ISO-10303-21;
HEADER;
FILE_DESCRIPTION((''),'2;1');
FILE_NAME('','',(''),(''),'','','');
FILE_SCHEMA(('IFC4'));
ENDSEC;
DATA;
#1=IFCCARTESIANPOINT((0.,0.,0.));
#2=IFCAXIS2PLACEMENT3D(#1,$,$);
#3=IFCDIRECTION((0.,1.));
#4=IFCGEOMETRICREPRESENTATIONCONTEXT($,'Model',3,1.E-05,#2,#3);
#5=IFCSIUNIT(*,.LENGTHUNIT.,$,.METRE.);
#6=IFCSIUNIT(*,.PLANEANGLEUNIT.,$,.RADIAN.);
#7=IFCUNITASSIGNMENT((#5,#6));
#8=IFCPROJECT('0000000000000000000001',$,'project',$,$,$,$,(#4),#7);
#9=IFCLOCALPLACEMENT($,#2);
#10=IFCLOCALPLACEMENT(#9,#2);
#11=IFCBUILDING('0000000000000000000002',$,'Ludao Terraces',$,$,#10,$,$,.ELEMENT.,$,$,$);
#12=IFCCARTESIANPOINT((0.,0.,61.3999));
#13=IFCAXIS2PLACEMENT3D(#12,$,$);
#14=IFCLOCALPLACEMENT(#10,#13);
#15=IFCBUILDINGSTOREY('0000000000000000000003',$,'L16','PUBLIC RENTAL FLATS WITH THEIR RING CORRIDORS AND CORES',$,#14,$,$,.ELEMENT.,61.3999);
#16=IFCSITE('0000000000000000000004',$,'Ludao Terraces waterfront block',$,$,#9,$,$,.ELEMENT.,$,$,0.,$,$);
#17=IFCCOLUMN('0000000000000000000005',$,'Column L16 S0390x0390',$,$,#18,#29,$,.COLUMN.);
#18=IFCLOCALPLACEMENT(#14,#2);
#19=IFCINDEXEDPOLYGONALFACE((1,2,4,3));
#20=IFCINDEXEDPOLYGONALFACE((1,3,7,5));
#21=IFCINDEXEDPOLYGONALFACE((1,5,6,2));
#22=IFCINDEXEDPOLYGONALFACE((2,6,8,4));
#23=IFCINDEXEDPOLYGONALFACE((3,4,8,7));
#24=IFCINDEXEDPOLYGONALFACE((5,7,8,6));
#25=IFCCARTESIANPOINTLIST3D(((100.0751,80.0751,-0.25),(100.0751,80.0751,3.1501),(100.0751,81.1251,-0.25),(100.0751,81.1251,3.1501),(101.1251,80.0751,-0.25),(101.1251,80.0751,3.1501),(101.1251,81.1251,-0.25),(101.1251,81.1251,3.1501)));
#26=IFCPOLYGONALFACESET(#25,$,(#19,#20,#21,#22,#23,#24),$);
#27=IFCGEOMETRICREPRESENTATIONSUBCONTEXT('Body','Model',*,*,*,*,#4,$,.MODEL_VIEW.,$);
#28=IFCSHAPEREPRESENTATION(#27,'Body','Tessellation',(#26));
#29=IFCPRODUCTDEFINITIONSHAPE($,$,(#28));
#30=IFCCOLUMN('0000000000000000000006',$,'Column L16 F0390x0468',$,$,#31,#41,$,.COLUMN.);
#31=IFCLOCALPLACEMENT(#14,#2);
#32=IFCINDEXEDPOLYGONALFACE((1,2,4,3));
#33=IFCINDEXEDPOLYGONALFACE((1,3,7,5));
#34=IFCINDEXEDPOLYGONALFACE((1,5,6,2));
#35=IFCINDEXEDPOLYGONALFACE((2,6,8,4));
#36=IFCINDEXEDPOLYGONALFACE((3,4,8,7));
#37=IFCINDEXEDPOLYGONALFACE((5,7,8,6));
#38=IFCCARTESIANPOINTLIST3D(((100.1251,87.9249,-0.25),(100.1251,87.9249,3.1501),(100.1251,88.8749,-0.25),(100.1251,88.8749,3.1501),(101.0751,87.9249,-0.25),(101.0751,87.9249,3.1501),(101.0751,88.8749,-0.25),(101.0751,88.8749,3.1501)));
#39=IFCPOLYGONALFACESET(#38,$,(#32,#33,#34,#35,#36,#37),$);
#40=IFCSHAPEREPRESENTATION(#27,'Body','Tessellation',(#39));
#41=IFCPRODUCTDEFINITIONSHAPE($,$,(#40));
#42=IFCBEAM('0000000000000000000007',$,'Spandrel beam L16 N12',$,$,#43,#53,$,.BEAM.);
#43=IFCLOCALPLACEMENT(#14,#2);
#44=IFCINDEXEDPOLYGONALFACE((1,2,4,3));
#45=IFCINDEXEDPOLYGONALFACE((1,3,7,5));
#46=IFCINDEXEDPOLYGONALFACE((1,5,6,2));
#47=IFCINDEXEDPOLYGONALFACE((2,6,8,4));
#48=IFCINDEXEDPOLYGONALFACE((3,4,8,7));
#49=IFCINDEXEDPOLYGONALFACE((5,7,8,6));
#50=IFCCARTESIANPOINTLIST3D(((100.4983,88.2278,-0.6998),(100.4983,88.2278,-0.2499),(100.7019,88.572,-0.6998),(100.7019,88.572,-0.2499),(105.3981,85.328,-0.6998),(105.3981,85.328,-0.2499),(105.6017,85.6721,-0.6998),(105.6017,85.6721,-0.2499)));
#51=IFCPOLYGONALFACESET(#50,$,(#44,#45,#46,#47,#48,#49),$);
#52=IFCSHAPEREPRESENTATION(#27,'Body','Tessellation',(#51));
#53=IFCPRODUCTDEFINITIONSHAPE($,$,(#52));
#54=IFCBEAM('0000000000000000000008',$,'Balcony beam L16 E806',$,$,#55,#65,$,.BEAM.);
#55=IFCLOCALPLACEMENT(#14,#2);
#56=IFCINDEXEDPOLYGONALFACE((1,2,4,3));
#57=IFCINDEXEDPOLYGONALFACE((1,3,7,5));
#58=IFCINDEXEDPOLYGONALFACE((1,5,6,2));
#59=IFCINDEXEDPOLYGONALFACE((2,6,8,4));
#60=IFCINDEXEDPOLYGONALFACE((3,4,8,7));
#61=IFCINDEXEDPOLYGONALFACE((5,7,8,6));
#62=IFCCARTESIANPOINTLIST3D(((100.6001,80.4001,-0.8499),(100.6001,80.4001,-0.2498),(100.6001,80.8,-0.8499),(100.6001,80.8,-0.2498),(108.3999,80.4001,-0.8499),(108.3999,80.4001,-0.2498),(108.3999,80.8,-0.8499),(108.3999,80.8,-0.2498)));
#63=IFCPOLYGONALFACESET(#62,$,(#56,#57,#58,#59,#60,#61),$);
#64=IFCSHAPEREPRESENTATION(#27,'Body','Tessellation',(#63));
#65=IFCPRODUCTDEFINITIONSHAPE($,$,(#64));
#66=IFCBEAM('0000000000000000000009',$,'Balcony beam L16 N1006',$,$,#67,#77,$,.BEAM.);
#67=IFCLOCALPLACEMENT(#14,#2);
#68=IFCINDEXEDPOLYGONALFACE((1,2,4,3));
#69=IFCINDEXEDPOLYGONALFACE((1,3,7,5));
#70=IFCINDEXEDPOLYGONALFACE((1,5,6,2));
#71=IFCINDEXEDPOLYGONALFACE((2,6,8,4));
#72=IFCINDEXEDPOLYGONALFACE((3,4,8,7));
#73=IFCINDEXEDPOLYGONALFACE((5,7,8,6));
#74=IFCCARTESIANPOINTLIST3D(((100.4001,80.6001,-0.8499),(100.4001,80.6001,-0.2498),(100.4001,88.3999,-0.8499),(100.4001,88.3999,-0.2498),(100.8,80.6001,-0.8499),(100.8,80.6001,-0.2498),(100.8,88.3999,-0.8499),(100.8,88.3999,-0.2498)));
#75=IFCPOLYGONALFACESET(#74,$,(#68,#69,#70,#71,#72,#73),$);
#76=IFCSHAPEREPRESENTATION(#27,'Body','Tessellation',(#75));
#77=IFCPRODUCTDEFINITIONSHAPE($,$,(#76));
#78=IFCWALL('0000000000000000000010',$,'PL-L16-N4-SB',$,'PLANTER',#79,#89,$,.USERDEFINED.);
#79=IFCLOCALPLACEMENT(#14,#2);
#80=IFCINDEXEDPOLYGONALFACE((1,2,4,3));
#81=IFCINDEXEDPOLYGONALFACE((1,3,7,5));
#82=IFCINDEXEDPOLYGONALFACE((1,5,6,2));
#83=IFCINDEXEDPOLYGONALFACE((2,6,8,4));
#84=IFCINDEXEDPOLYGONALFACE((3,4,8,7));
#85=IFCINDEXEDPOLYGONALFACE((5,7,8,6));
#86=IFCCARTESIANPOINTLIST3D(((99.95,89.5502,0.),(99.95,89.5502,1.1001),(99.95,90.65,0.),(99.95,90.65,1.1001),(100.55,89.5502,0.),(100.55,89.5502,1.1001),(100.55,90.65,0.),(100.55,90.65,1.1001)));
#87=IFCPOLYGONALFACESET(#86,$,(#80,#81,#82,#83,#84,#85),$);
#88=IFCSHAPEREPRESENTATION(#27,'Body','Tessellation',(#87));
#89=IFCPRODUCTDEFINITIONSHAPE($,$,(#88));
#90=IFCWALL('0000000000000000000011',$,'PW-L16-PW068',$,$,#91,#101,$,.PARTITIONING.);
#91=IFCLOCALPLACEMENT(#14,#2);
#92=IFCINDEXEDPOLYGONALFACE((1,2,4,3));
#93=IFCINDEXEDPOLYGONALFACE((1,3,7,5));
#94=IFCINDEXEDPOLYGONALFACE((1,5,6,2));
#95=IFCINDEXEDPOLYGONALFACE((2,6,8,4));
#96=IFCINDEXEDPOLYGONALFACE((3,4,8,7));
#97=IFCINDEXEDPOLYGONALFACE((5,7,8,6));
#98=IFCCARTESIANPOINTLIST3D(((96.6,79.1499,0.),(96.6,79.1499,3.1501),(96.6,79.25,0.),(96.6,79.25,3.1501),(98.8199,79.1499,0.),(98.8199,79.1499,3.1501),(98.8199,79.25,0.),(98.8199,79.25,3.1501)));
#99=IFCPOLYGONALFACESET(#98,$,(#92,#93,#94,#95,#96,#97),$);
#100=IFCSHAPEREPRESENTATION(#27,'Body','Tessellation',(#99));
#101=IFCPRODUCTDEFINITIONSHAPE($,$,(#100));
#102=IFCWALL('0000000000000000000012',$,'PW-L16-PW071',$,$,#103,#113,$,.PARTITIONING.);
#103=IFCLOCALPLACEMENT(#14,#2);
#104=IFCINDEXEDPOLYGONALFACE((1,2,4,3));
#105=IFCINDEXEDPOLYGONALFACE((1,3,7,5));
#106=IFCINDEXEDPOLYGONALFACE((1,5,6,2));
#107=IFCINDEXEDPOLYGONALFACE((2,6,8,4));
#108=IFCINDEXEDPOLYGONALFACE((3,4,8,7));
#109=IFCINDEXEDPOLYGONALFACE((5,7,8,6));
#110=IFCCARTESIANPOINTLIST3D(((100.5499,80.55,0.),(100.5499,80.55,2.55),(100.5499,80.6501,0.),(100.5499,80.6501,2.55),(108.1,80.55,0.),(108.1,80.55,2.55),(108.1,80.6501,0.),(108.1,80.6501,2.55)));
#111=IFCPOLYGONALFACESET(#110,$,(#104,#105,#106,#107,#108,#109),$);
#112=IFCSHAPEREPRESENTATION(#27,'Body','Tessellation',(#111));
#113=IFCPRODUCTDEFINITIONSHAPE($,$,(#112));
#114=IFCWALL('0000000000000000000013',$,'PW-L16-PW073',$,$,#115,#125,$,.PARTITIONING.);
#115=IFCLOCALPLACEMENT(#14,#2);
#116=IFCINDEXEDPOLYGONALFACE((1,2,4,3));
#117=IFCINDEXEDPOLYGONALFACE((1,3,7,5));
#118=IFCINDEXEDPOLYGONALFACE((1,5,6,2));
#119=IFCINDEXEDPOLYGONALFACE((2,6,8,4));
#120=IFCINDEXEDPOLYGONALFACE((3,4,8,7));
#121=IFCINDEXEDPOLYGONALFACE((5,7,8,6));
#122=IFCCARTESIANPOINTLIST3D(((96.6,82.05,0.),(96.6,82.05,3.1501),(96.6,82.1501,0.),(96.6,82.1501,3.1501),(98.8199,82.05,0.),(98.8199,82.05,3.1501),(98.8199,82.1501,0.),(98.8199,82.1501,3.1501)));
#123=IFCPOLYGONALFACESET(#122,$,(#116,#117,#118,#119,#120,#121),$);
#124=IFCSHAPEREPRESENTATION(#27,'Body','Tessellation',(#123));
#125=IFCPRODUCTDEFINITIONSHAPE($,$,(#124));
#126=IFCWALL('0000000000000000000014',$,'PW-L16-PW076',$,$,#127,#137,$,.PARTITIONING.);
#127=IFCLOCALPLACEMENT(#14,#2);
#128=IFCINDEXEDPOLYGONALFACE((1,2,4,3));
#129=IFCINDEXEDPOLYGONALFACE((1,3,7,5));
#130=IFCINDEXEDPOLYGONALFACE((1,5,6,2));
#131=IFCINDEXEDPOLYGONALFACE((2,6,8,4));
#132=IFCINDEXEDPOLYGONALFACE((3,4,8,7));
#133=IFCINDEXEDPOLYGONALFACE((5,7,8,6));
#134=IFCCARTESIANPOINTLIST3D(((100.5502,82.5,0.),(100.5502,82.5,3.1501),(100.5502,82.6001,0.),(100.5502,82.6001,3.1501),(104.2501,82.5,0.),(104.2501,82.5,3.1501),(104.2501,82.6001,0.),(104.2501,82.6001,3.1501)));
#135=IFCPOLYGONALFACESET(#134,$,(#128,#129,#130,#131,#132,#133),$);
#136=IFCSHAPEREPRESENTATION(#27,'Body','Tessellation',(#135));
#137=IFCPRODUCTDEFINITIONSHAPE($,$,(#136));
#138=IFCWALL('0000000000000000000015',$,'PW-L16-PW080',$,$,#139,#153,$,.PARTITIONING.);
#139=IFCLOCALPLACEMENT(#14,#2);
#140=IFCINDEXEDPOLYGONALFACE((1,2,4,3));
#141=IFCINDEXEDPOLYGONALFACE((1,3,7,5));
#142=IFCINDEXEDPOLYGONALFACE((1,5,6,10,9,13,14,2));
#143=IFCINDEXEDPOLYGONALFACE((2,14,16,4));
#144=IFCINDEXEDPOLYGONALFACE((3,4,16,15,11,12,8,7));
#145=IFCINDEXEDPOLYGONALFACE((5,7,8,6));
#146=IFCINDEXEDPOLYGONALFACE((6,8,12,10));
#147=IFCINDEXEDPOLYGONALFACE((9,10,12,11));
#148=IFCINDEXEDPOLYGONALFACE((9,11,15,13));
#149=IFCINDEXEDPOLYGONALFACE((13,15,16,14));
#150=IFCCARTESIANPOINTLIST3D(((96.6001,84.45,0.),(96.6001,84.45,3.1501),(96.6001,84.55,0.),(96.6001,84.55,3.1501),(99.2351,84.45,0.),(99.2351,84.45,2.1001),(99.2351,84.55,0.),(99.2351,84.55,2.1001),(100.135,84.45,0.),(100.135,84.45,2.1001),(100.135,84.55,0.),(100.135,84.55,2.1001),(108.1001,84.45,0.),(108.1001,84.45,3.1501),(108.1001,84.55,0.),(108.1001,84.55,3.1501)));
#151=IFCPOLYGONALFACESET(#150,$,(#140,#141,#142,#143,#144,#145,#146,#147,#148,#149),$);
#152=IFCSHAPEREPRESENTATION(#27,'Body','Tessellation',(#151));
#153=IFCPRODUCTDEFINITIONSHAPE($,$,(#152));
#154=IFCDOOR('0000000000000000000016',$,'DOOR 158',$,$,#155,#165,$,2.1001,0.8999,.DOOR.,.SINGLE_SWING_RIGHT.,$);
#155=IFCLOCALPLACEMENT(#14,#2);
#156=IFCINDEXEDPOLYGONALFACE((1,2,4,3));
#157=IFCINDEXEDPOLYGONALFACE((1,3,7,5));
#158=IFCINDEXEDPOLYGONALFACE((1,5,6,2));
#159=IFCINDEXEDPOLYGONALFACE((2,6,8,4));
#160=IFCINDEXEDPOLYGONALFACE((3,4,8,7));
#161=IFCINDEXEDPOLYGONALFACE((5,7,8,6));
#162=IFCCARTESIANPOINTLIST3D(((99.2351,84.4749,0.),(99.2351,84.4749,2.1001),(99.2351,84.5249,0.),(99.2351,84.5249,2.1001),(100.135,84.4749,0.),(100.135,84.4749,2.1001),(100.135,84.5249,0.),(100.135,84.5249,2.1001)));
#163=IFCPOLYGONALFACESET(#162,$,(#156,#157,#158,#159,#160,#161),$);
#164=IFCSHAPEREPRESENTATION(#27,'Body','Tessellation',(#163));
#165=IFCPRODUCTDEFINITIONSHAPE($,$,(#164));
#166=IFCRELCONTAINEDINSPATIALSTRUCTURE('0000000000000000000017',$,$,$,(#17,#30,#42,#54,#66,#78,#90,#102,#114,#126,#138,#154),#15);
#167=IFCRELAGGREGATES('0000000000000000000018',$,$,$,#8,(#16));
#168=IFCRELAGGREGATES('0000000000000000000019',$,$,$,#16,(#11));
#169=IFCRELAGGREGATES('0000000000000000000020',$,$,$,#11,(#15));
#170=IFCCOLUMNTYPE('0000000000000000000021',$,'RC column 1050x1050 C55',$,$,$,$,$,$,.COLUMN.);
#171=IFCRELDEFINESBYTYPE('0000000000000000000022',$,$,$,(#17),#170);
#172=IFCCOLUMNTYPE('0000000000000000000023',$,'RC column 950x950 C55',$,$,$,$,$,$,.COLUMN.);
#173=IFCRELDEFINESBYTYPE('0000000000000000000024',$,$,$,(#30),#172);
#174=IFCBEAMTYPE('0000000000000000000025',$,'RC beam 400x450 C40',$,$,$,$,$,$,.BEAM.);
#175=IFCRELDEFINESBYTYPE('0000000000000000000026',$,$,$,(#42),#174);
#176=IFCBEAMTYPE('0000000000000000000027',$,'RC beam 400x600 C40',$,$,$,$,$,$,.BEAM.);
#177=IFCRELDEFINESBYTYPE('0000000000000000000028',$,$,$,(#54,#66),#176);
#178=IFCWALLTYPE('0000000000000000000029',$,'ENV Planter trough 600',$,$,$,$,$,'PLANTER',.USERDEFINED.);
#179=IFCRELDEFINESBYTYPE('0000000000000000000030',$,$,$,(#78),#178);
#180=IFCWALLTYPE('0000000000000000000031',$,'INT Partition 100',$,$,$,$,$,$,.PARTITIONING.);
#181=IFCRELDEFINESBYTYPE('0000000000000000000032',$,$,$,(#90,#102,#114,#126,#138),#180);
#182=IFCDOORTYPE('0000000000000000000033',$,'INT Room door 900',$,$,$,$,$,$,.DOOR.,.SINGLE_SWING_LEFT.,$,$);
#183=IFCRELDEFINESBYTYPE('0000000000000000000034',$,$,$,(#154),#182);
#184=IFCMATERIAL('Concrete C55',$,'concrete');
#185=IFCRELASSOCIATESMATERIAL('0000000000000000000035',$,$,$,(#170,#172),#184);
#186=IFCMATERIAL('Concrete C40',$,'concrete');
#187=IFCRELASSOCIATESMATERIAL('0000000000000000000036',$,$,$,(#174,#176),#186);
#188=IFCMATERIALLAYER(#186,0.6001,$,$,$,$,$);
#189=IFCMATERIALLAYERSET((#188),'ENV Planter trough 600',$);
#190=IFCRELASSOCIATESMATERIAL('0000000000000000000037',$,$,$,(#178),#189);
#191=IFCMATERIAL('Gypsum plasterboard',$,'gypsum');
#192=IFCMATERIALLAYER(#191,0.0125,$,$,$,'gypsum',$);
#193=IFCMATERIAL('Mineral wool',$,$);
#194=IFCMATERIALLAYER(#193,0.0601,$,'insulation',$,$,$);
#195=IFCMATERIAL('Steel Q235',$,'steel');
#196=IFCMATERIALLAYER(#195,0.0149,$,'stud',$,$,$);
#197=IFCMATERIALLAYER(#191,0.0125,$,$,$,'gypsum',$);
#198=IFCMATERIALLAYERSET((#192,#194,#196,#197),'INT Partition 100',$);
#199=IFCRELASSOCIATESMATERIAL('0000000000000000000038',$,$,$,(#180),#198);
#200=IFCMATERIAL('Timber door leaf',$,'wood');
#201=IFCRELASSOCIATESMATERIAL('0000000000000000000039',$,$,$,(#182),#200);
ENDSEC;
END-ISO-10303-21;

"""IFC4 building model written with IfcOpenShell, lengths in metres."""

from ifc_helpers import new_model, si_unit, direction, frame, frame_2d, origin, origin_2d, place, context, subcontext, project, spatial, rectangle, extrude, material, layer, layer_set, material_profile, profile_set, type_object, element, fill, save


model = new_model("IFC4")

# Units and contexts
model_context = context("Model", 3, precision=1e-05, world=origin(), true_north=direction((0.0, 1.0)))
body_context = subcontext(model_context, "Body", "Model", "MODEL_VIEW")
ifc_project = project(units=[si_unit("LENGTHUNIT", "METRE"), si_unit("PLANEANGLEUNIT", "RADIAN")], contexts=[model_context])

# Site, building, storey
site_placement = place(None, origin())
site = spatial("IfcSite", under=ifc_project, at=site_placement, Name="Ludao Terraces waterfront block", CompositionType="ELEMENT", RefElevation=0.0)
building_placement = place(site_placement, origin())
building = spatial("IfcBuilding", under=site, at=building_placement, Name="Ludao Terraces", CompositionType="ELEMENT")
storey_placement = place(building_placement, frame((0.0, 0.0, 61.3999)))
storey = spatial("IfcBuildingStorey", under=building, at=storey_placement, Name="L16", Description="PUBLIC RENTAL FLATS WITH THEIR RING CORRIDORS AND CORES", CompositionType="ELEMENT", Elevation=61.3999)

# Columns
ifc_material_1 = material(Name="Concrete C55", Category="concrete")
ifc_material_profile_1 = material_profile(ifc_material_1, rectangle(XDim=1.05, YDim=1.05, at=origin_2d()), Name="1050 X 1050")
ifc_profile_set_1 = profile_set([ifc_material_profile_1], Name="Concrete C55")
column_type_1 = type_object("IfcColumnType", Name="RC column 1050x1050 C55", PredefinedType="COLUMN", material=ifc_profile_set_1)
column_1_placement = place(storey_placement, frame((100.6001, 80.6001, -0.25), z_axis=(0.0, 0.0, 1.0), x_axis=(1.0, 0.0, 0.0)))
element("IfcColumn", 1, at=column_1_placement, inside=storey, type_object=column_type_1, Name="Column L16 S0390x0390", PredefinedType="COLUMN", context=body_context, shape_type="SweptSolid", body=[
    extrude(rectangle(XDim=1.05, YDim=1.05, at=origin_2d()), origin(), (0.0, 0.0, 1.0), 3.4001),
])
ifc_material_profile_2 = material_profile(ifc_material_1, rectangle(XDim=0.95, YDim=0.95, at=origin_2d()), Name="950 X 950")
ifc_profile_set_2 = profile_set([ifc_material_profile_2], Name="Concrete C55")
column_type_2 = type_object("IfcColumnType", Name="RC column 950x950 C55", PredefinedType="COLUMN", material=ifc_profile_set_2)
column_2_placement = place(storey_placement, frame((100.6001, 88.3999, -0.25), z_axis=(0.0, 0.0, 1.0), x_axis=(1.0, 0.0, 0.0)))
element("IfcColumn", 2, at=column_2_placement, inside=storey, type_object=column_type_2, Name="Column L16 F0390x0468", PredefinedType="COLUMN", context=body_context, shape_type="SweptSolid", body=[
    extrude(rectangle(XDim=0.95, YDim=0.95, at=origin_2d()), origin(), (0.0, 0.0, 1.0), 3.4001),
])

# Beams
ifc_material_2 = material(Name="Concrete C40", Category="concrete")
ifc_material_profile_3 = material_profile(ifc_material_2, rectangle(XDim=0.3999, YDim=0.45, at=origin_2d()), Name="400 X 450")
ifc_profile_set_3 = profile_set([ifc_material_profile_3], Name="Concrete C40")
beam_type_1 = type_object("IfcBeamType", Name="RC beam 400x450 C40", PredefinedType="BEAM", material=ifc_profile_set_3)
beam_placement = place(storey_placement, frame((100.6001, 88.3999, -0.4749), z_axis=(0.86058, -0.509316, 0.0), x_axis=(0.509316, 0.86058, 0.0)))
element("IfcBeam", 3, at=beam_placement, inside=storey, type_object=beam_type_1, Name="Spandrel beam L16 N12", PredefinedType="BEAM", context=body_context, shape_type="SweptSolid", body=[
    extrude(rectangle(XDim=0.3999, YDim=0.45, at=origin_2d()), origin(), (0.0, 0.0, 1.0), 5.6936),
])
ifc_material_profile_4 = material_profile(ifc_material_2, rectangle(XDim=0.3999, YDim=0.6001, at=origin_2d()), Name="400 X 600")
ifc_profile_set_4 = profile_set([ifc_material_profile_4], Name="Concrete C40")
beam_type_2 = type_object("IfcBeamType", Name="RC beam 400x600 C40", PredefinedType="BEAM", material=ifc_profile_set_4)
for number, where, z_axis, x_axis, name in (
    (4, (100.6001, 80.6001, -0.5498), (1.0, 0.0, 0.0), (0.0, 1.0, 0.0), "Balcony beam L16 E806"),
    (5, (100.6001, 80.6001, -0.5498), (0.0, 1.0, 0.0), (-1.0, 0.0, 0.0), "Balcony beam L16 N1006"),
):
    element("IfcBeam", number, at=place(storey_placement, frame(where, z_axis=z_axis, x_axis=x_axis)), inside=storey, type_object=beam_type_2, Name=name, PredefinedType="BEAM", context=body_context, shape_type="SweptSolid", body=[
        extrude(rectangle(XDim=0.3999, YDim=0.6001, at=origin_2d()), origin(), (0.0, 0.0, 1.0), 7.7998),
    ])

# Walls
ifc_layer_1 = layer(ifc_material_2, 0.6001)
ifc_layer_set_1 = layer_set([ifc_layer_1], Name="ENV Planter trough 600")
wall_type_1 = type_object("IfcWallType", Name="ENV Planter trough 600", ElementType="PLANTER", PredefinedType="USERDEFINED", material=ifc_layer_set_1)
wall_1_placement = place(storey_placement, frame((100.25, 90.6499, 0.0), z_axis=(0.0, 0.0, 1.0), x_axis=(0.0, -1.0, 0.0)))
element("IfcWall", 6, at=wall_1_placement, inside=storey, type_object=wall_type_1, Name="PL-L16-N4-SB", ObjectType="PLANTER", PredefinedType="USERDEFINED", context=body_context, shape_type="SweptSolid", body=[
    extrude(rectangle(XDim=1.0999, YDim=0.6001, at=frame_2d((0.5498, 0.0))), origin(), (0.0, 0.0, 1.0), 1.1001),
])
ifc_material_3 = material(Name="Gypsum plasterboard", Category="gypsum")
ifc_layer_2 = layer(ifc_material_3, 0.0125, Category="gypsum")
ifc_material_4 = material(Name="Mineral wool")
ifc_layer_3 = layer(ifc_material_4, 0.0601, Name="insulation")
ifc_material_5 = material(Name="Steel Q235", Category="steel")
ifc_layer_4 = layer(ifc_material_5, 0.0149, Name="stud")
ifc_layer_5 = layer(ifc_material_3, 0.0125, Category="gypsum")
ifc_layer_set_2 = layer_set([ifc_layer_2, ifc_layer_3, ifc_layer_4, ifc_layer_5], Name="INT Partition 100")
wall_type_2 = type_object("IfcWallType", Name="INT Partition 100", PredefinedType="PARTITIONING", material=ifc_layer_set_2)
wall_2_placement = place(storey_placement, frame((96.6001, 79.2, 0.0), z_axis=(0.0, 0.0, 1.0), x_axis=(1.0, 0.0, 0.0)))
element("IfcWall", 7, at=wall_2_placement, inside=storey, type_object=wall_type_2, Name="PW-L16-PW068", PredefinedType="PARTITIONING", context=body_context, shape_type="SweptSolid", body=[
    extrude(rectangle(XDim=2.22, YDim=0.1001, at=frame_2d((1.1099, 0.0))), origin(), (0.0, 0.0, 1.0), 3.1501),
])
wall_3_placement = place(storey_placement, frame((100.55, 80.6001, 0.0), z_axis=(0.0, 0.0, 1.0), x_axis=(1.0, 0.0, 0.0)))
element("IfcWall", 8, at=wall_3_placement, inside=storey, type_object=wall_type_2, Name="PW-L16-PW071", PredefinedType="PARTITIONING", context=body_context, shape_type="SweptSolid", body=[
    extrude(rectangle(XDim=7.55, YDim=0.1001, at=frame_2d((3.7749, 0.0))), origin(), (0.0, 0.0, 1.0), 2.55),
])
wall_4_placement = place(storey_placement, frame((96.6001, 82.1001, 0.0), z_axis=(0.0, 0.0, 1.0), x_axis=(1.0, 0.0, 0.0)))
element("IfcWall", 9, at=wall_4_placement, inside=storey, type_object=wall_type_2, Name="PW-L16-PW073", PredefinedType="PARTITIONING", context=body_context, shape_type="SweptSolid", body=[
    extrude(rectangle(XDim=2.22, YDim=0.1001, at=frame_2d((1.1099, 0.0))), origin(), (0.0, 0.0, 1.0), 3.1501),
])
wall_5_placement = place(storey_placement, frame((100.55, 82.55, 0.0), z_axis=(0.0, 0.0, 1.0), x_axis=(1.0, 0.0, 0.0)))
element("IfcWall", 10, at=wall_5_placement, inside=storey, type_object=wall_type_2, Name="PW-L16-PW076", PredefinedType="PARTITIONING", context=body_context, shape_type="SweptSolid", body=[
    extrude(rectangle(XDim=3.7, YDim=0.1001, at=frame_2d((1.8501, 0.0))), origin(), (0.0, 0.0, 1.0), 3.1501),
])

# Wall, opening, door
wall_6_placement = place(storey_placement, frame((96.6001, 84.5, 0.0), z_axis=(0.0, 0.0, 1.0), x_axis=(1.0, 0.0, 0.0)))
wall_6 = element("IfcWall", 11, at=wall_6_placement, inside=storey, type_object=wall_type_2, Name="PW-L16-PW080", PredefinedType="PARTITIONING", context=body_context, shape_type="SweptSolid", body=[
    extrude(rectangle(XDim=11.5, YDim=0.1001, at=frame_2d((5.75, 0.0))), origin(), (0.0, 0.0, 1.0), 3.1501),
])
opening_1_placement = place(wall_6_placement, frame((2.635, 0.0, 0.0)))
opening_1 = element("IfcOpeningElement", 12, at=opening_1_placement, cuts=wall_6, PredefinedType="OPENING", context=body_context, shape_type="SweptSolid", body=[
    extrude(rectangle(XDim=0.8999, YDim=2.1001, at=frame_2d((0.45, 1.05))), frame((0.0, 0.0601, 0.0), z_axis=(0.0, -1.0, 0.0), x_axis=(1.0, 0.0, 0.0)), (0.0, 0.0, 1.0), 0.1201),
])
ifc_material_6 = material(Name="Timber door leaf", Category="wood")
door_type = type_object("IfcDoorType", Name="INT Room door 900", OperationType="SINGLE_SWING_LEFT", PredefinedType="DOOR", material=ifc_material_6)
door_1_placement = place(opening_1_placement, origin())
door_1 = element("IfcDoor", 13, at=door_1_placement, inside=storey, type_object=door_type, Name="DOOR 158", OperationType="SINGLE_SWING_RIGHT", OverallHeight=2.1001, OverallWidth=0.8999, PredefinedType="DOOR", context=body_context, shape_type="SweptSolid", body=[
    extrude(rectangle(XDim=0.8999, YDim=2.1001, at=frame_2d((0.45, 1.05))), frame((0.0, 0.0249, 0.0), z_axis=(0.0, -1.0, 0.0), x_axis=(1.0, 0.0, 0.0)), (0.0, 0.0, 1.0), 0.05),
])
fill(opening_1, door_1)

save(model, "model.ifc")
